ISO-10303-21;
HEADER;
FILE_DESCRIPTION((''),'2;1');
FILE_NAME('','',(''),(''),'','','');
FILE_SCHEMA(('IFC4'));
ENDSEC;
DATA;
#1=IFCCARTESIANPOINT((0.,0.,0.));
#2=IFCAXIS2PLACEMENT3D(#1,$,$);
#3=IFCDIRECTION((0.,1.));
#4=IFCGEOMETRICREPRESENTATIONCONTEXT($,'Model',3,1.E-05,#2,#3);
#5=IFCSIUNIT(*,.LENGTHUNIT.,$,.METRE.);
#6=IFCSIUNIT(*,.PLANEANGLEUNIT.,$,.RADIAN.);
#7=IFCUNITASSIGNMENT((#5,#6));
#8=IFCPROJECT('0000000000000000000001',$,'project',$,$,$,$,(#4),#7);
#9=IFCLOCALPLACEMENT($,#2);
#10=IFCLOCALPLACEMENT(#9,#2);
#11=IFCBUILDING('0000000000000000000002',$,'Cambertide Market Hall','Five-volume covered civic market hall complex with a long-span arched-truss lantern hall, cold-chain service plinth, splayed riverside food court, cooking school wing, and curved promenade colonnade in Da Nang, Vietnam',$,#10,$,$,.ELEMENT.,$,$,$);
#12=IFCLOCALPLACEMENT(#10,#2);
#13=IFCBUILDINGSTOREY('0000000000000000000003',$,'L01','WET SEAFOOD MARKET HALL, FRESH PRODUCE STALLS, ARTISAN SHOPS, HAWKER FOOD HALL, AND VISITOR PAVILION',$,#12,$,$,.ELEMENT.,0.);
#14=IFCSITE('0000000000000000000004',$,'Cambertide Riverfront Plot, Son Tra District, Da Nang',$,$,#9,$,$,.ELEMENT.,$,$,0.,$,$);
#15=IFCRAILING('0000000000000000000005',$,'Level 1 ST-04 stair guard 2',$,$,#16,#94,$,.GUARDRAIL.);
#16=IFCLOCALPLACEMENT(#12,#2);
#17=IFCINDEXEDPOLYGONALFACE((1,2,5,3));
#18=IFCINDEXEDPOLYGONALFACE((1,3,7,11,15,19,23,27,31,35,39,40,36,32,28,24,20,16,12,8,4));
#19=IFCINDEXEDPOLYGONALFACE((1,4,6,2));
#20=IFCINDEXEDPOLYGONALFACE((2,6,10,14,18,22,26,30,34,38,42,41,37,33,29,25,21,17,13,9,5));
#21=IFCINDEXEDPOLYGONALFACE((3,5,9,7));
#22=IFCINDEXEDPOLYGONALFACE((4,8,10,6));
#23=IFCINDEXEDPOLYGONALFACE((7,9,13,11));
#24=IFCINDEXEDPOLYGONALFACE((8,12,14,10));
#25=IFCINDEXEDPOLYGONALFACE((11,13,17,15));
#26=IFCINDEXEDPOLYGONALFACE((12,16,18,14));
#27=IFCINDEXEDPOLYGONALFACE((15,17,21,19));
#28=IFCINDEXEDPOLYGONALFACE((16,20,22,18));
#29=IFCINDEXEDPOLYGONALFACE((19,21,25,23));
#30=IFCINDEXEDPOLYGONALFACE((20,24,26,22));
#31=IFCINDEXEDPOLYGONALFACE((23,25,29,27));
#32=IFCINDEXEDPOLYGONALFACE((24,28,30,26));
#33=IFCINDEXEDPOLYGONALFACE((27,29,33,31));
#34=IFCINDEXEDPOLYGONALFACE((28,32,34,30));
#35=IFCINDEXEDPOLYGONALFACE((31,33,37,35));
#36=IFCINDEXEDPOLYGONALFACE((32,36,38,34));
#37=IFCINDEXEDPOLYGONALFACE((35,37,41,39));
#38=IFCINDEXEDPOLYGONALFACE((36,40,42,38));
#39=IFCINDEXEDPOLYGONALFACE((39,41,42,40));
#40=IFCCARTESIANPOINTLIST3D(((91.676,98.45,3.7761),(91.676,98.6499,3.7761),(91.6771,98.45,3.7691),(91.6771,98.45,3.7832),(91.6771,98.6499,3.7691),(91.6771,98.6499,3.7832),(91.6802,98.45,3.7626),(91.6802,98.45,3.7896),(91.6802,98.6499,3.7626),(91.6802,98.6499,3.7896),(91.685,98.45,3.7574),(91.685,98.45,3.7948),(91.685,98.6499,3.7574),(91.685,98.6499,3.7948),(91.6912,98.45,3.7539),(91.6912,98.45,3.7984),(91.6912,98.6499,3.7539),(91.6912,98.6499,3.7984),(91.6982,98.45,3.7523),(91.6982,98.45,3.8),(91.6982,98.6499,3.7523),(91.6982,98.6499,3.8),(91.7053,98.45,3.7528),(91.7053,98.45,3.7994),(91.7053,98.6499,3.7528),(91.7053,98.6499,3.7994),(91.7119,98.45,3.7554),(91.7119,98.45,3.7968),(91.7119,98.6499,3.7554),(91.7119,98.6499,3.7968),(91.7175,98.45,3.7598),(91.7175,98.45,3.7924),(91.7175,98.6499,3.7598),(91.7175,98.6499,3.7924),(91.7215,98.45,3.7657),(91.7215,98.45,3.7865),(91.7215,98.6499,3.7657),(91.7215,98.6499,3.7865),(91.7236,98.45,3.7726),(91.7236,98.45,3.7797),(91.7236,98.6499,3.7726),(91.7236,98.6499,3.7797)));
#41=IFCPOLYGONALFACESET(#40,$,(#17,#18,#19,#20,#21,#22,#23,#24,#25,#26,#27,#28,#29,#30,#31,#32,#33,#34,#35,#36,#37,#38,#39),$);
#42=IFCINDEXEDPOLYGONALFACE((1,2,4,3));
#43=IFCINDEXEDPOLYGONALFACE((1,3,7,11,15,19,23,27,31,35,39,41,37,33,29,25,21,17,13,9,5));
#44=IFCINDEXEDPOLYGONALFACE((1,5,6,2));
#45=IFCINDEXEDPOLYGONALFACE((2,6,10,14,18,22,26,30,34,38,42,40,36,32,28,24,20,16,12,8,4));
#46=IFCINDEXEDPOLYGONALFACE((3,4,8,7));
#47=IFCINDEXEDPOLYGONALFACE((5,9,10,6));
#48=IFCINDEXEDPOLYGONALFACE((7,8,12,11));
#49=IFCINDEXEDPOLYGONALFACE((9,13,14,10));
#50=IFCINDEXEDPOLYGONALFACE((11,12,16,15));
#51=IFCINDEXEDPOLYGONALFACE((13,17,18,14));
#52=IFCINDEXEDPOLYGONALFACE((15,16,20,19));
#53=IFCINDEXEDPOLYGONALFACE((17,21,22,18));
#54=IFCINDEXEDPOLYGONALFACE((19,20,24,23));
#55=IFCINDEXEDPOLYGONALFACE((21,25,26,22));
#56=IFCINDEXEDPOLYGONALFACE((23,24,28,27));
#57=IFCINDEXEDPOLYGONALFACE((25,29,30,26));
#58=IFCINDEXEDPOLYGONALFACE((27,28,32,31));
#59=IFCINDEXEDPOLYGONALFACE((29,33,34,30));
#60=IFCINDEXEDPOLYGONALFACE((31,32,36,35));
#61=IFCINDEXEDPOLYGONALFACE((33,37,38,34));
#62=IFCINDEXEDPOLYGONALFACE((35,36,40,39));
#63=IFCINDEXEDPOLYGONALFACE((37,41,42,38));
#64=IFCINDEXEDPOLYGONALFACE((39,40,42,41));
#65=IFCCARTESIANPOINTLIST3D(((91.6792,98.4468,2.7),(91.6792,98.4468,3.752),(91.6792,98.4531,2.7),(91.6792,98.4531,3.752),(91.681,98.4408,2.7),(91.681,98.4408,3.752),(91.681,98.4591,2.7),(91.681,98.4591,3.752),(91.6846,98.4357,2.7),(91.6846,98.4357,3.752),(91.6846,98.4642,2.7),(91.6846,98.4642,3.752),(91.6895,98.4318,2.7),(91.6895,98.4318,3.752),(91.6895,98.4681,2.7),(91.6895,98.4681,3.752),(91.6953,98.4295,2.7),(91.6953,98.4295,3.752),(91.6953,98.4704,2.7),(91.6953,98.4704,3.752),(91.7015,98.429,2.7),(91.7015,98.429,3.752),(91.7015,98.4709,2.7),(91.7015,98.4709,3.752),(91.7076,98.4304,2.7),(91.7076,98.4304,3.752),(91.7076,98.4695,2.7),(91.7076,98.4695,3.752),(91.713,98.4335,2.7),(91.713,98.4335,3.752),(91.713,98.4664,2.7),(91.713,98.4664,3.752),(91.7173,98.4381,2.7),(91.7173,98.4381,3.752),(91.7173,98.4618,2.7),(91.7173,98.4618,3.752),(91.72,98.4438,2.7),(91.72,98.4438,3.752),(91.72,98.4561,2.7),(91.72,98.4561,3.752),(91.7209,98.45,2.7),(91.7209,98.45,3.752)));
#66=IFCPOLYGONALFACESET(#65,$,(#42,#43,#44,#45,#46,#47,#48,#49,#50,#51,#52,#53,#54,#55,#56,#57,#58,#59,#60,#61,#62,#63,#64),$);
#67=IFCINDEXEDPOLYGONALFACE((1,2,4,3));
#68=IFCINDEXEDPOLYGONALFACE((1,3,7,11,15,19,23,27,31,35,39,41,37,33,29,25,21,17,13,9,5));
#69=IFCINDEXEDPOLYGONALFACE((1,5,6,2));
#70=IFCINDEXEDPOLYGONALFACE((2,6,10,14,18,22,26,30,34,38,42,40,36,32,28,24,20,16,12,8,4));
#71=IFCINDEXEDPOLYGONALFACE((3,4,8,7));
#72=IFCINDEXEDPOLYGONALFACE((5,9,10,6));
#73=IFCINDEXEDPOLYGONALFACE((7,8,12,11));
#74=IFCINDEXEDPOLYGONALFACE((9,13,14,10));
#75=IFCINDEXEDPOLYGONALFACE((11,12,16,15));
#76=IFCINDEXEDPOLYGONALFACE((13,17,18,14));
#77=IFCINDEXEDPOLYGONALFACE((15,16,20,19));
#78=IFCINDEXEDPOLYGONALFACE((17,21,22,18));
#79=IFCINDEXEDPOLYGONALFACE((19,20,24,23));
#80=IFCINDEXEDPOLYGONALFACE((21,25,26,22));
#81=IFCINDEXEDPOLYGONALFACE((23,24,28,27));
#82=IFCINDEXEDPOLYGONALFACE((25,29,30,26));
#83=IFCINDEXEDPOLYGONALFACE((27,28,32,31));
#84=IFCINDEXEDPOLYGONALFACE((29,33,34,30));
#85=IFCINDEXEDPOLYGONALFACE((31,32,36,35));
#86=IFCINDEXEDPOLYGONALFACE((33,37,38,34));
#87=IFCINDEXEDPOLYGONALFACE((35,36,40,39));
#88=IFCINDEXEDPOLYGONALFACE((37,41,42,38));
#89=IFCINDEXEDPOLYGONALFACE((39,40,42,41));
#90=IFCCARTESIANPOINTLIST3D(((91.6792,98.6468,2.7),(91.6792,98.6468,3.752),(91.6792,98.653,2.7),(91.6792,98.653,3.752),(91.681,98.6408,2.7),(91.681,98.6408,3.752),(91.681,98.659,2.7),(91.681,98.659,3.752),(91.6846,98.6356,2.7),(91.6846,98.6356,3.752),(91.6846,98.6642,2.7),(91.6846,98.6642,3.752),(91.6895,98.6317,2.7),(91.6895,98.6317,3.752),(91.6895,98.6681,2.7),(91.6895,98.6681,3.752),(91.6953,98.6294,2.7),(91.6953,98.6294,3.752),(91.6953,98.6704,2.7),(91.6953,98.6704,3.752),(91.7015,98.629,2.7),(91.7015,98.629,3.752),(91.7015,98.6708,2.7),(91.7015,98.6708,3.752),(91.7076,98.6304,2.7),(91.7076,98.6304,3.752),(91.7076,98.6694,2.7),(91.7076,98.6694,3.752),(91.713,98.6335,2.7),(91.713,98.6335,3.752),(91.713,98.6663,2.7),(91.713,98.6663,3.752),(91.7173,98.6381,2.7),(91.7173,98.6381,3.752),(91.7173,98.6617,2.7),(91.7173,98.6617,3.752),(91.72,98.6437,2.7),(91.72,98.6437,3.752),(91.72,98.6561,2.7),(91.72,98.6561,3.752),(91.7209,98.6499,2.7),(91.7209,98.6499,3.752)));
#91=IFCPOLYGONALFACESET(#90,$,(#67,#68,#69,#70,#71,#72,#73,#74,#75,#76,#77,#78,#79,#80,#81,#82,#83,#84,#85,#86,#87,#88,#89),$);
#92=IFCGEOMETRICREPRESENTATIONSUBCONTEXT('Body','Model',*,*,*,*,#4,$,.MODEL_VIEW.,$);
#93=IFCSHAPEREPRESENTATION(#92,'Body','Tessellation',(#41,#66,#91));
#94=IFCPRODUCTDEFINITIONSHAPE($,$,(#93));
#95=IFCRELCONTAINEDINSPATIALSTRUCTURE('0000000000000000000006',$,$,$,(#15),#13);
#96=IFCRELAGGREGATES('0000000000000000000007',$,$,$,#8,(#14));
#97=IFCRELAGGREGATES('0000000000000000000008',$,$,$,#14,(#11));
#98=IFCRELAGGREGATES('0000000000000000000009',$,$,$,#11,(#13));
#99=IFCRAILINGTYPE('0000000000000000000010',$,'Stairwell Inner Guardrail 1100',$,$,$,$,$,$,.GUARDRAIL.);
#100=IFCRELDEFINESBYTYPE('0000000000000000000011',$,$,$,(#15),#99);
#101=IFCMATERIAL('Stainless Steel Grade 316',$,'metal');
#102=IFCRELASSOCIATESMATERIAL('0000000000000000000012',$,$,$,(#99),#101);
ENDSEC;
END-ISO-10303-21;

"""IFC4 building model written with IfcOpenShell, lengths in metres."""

from ifc_helpers import new_model, si_unit, direction, frame, origin, origin_2d, place, context, subcontext, project, spatial, circle, extrude, material, type_object, element, save


model = new_model("IFC4")

# Units and contexts
model_context = context("Model", 3, precision=1e-05, world=origin(), true_north=direction((0.0, 1.0)))
body_context = subcontext(model_context, "Body", "Model", "MODEL_VIEW")
ifc_project = project(units=[si_unit("LENGTHUNIT", "METRE"), si_unit("PLANEANGLEUNIT", "RADIAN")], contexts=[model_context])

# Site, building, storey
site_placement = place(None, origin())
site = spatial("IfcSite", under=ifc_project, at=site_placement, Name="Cambertide Riverfront Plot, Son Tra District, Da Nang", CompositionType="ELEMENT", RefElevation=0.0)
building_placement = place(site_placement, origin())
building = spatial("IfcBuilding", under=site, at=building_placement, Name="Cambertide Market Hall", Description="Five-volume covered civic market hall complex with a long-span arched-truss lantern hall, cold-chain service plinth, splayed riverside food court, cooking school wing, and curved promenade colonnade in Da Nang, Vietnam", CompositionType="ELEMENT")
storey_placement = place(building_placement, origin())
storey = spatial("IfcBuildingStorey", under=building, at=storey_placement, Name="L01", Description="WET SEAFOOD MARKET HALL, FRESH PRODUCE STALLS, ARTISAN SHOPS, HAWKER FOOD HALL, AND VISITOR PAVILION", CompositionType="ELEMENT", Elevation=0.0)

# Railing
ifc_material_1 = material(Name="Stainless Steel Grade 316", Category="metal")
railing_type_1 = type_object("IfcRailingType", Name="Stairwell Inner Guardrail 1100", PredefinedType="GUARDRAIL", material=ifc_material_1)
railing_1_placement = place(storey_placement, frame((91.7, 98.45, 2.7)))
element("IfcRailing", 1, at=railing_1_placement, inside=storey, type_object=railing_type_1, Name="Level 1 ST-04 stair guard 2", PredefinedType="GUARDRAIL", context=body_context, shape_type="SweptSolid", body=[
    extrude(circle(Radius=0.0239, at=origin_2d()), frame((0.0, 0.0, 1.0762), z_axis=(0.0, 1.0, 0.0), x_axis=(-1.0, 0.0, 0.0)), (0.0, 0.0, 1.0), 0.2),
    extrude(circle(Radius=0.021, at=origin_2d()), origin(), (0.0, 0.0, 1.0), 1.052),
    extrude(circle(Radius=0.021, at=origin_2d()), frame((0.0, 0.2, 0.0)), (0.0, 0.0, 1.0), 1.052),
])

save(model, "model.ifc")
